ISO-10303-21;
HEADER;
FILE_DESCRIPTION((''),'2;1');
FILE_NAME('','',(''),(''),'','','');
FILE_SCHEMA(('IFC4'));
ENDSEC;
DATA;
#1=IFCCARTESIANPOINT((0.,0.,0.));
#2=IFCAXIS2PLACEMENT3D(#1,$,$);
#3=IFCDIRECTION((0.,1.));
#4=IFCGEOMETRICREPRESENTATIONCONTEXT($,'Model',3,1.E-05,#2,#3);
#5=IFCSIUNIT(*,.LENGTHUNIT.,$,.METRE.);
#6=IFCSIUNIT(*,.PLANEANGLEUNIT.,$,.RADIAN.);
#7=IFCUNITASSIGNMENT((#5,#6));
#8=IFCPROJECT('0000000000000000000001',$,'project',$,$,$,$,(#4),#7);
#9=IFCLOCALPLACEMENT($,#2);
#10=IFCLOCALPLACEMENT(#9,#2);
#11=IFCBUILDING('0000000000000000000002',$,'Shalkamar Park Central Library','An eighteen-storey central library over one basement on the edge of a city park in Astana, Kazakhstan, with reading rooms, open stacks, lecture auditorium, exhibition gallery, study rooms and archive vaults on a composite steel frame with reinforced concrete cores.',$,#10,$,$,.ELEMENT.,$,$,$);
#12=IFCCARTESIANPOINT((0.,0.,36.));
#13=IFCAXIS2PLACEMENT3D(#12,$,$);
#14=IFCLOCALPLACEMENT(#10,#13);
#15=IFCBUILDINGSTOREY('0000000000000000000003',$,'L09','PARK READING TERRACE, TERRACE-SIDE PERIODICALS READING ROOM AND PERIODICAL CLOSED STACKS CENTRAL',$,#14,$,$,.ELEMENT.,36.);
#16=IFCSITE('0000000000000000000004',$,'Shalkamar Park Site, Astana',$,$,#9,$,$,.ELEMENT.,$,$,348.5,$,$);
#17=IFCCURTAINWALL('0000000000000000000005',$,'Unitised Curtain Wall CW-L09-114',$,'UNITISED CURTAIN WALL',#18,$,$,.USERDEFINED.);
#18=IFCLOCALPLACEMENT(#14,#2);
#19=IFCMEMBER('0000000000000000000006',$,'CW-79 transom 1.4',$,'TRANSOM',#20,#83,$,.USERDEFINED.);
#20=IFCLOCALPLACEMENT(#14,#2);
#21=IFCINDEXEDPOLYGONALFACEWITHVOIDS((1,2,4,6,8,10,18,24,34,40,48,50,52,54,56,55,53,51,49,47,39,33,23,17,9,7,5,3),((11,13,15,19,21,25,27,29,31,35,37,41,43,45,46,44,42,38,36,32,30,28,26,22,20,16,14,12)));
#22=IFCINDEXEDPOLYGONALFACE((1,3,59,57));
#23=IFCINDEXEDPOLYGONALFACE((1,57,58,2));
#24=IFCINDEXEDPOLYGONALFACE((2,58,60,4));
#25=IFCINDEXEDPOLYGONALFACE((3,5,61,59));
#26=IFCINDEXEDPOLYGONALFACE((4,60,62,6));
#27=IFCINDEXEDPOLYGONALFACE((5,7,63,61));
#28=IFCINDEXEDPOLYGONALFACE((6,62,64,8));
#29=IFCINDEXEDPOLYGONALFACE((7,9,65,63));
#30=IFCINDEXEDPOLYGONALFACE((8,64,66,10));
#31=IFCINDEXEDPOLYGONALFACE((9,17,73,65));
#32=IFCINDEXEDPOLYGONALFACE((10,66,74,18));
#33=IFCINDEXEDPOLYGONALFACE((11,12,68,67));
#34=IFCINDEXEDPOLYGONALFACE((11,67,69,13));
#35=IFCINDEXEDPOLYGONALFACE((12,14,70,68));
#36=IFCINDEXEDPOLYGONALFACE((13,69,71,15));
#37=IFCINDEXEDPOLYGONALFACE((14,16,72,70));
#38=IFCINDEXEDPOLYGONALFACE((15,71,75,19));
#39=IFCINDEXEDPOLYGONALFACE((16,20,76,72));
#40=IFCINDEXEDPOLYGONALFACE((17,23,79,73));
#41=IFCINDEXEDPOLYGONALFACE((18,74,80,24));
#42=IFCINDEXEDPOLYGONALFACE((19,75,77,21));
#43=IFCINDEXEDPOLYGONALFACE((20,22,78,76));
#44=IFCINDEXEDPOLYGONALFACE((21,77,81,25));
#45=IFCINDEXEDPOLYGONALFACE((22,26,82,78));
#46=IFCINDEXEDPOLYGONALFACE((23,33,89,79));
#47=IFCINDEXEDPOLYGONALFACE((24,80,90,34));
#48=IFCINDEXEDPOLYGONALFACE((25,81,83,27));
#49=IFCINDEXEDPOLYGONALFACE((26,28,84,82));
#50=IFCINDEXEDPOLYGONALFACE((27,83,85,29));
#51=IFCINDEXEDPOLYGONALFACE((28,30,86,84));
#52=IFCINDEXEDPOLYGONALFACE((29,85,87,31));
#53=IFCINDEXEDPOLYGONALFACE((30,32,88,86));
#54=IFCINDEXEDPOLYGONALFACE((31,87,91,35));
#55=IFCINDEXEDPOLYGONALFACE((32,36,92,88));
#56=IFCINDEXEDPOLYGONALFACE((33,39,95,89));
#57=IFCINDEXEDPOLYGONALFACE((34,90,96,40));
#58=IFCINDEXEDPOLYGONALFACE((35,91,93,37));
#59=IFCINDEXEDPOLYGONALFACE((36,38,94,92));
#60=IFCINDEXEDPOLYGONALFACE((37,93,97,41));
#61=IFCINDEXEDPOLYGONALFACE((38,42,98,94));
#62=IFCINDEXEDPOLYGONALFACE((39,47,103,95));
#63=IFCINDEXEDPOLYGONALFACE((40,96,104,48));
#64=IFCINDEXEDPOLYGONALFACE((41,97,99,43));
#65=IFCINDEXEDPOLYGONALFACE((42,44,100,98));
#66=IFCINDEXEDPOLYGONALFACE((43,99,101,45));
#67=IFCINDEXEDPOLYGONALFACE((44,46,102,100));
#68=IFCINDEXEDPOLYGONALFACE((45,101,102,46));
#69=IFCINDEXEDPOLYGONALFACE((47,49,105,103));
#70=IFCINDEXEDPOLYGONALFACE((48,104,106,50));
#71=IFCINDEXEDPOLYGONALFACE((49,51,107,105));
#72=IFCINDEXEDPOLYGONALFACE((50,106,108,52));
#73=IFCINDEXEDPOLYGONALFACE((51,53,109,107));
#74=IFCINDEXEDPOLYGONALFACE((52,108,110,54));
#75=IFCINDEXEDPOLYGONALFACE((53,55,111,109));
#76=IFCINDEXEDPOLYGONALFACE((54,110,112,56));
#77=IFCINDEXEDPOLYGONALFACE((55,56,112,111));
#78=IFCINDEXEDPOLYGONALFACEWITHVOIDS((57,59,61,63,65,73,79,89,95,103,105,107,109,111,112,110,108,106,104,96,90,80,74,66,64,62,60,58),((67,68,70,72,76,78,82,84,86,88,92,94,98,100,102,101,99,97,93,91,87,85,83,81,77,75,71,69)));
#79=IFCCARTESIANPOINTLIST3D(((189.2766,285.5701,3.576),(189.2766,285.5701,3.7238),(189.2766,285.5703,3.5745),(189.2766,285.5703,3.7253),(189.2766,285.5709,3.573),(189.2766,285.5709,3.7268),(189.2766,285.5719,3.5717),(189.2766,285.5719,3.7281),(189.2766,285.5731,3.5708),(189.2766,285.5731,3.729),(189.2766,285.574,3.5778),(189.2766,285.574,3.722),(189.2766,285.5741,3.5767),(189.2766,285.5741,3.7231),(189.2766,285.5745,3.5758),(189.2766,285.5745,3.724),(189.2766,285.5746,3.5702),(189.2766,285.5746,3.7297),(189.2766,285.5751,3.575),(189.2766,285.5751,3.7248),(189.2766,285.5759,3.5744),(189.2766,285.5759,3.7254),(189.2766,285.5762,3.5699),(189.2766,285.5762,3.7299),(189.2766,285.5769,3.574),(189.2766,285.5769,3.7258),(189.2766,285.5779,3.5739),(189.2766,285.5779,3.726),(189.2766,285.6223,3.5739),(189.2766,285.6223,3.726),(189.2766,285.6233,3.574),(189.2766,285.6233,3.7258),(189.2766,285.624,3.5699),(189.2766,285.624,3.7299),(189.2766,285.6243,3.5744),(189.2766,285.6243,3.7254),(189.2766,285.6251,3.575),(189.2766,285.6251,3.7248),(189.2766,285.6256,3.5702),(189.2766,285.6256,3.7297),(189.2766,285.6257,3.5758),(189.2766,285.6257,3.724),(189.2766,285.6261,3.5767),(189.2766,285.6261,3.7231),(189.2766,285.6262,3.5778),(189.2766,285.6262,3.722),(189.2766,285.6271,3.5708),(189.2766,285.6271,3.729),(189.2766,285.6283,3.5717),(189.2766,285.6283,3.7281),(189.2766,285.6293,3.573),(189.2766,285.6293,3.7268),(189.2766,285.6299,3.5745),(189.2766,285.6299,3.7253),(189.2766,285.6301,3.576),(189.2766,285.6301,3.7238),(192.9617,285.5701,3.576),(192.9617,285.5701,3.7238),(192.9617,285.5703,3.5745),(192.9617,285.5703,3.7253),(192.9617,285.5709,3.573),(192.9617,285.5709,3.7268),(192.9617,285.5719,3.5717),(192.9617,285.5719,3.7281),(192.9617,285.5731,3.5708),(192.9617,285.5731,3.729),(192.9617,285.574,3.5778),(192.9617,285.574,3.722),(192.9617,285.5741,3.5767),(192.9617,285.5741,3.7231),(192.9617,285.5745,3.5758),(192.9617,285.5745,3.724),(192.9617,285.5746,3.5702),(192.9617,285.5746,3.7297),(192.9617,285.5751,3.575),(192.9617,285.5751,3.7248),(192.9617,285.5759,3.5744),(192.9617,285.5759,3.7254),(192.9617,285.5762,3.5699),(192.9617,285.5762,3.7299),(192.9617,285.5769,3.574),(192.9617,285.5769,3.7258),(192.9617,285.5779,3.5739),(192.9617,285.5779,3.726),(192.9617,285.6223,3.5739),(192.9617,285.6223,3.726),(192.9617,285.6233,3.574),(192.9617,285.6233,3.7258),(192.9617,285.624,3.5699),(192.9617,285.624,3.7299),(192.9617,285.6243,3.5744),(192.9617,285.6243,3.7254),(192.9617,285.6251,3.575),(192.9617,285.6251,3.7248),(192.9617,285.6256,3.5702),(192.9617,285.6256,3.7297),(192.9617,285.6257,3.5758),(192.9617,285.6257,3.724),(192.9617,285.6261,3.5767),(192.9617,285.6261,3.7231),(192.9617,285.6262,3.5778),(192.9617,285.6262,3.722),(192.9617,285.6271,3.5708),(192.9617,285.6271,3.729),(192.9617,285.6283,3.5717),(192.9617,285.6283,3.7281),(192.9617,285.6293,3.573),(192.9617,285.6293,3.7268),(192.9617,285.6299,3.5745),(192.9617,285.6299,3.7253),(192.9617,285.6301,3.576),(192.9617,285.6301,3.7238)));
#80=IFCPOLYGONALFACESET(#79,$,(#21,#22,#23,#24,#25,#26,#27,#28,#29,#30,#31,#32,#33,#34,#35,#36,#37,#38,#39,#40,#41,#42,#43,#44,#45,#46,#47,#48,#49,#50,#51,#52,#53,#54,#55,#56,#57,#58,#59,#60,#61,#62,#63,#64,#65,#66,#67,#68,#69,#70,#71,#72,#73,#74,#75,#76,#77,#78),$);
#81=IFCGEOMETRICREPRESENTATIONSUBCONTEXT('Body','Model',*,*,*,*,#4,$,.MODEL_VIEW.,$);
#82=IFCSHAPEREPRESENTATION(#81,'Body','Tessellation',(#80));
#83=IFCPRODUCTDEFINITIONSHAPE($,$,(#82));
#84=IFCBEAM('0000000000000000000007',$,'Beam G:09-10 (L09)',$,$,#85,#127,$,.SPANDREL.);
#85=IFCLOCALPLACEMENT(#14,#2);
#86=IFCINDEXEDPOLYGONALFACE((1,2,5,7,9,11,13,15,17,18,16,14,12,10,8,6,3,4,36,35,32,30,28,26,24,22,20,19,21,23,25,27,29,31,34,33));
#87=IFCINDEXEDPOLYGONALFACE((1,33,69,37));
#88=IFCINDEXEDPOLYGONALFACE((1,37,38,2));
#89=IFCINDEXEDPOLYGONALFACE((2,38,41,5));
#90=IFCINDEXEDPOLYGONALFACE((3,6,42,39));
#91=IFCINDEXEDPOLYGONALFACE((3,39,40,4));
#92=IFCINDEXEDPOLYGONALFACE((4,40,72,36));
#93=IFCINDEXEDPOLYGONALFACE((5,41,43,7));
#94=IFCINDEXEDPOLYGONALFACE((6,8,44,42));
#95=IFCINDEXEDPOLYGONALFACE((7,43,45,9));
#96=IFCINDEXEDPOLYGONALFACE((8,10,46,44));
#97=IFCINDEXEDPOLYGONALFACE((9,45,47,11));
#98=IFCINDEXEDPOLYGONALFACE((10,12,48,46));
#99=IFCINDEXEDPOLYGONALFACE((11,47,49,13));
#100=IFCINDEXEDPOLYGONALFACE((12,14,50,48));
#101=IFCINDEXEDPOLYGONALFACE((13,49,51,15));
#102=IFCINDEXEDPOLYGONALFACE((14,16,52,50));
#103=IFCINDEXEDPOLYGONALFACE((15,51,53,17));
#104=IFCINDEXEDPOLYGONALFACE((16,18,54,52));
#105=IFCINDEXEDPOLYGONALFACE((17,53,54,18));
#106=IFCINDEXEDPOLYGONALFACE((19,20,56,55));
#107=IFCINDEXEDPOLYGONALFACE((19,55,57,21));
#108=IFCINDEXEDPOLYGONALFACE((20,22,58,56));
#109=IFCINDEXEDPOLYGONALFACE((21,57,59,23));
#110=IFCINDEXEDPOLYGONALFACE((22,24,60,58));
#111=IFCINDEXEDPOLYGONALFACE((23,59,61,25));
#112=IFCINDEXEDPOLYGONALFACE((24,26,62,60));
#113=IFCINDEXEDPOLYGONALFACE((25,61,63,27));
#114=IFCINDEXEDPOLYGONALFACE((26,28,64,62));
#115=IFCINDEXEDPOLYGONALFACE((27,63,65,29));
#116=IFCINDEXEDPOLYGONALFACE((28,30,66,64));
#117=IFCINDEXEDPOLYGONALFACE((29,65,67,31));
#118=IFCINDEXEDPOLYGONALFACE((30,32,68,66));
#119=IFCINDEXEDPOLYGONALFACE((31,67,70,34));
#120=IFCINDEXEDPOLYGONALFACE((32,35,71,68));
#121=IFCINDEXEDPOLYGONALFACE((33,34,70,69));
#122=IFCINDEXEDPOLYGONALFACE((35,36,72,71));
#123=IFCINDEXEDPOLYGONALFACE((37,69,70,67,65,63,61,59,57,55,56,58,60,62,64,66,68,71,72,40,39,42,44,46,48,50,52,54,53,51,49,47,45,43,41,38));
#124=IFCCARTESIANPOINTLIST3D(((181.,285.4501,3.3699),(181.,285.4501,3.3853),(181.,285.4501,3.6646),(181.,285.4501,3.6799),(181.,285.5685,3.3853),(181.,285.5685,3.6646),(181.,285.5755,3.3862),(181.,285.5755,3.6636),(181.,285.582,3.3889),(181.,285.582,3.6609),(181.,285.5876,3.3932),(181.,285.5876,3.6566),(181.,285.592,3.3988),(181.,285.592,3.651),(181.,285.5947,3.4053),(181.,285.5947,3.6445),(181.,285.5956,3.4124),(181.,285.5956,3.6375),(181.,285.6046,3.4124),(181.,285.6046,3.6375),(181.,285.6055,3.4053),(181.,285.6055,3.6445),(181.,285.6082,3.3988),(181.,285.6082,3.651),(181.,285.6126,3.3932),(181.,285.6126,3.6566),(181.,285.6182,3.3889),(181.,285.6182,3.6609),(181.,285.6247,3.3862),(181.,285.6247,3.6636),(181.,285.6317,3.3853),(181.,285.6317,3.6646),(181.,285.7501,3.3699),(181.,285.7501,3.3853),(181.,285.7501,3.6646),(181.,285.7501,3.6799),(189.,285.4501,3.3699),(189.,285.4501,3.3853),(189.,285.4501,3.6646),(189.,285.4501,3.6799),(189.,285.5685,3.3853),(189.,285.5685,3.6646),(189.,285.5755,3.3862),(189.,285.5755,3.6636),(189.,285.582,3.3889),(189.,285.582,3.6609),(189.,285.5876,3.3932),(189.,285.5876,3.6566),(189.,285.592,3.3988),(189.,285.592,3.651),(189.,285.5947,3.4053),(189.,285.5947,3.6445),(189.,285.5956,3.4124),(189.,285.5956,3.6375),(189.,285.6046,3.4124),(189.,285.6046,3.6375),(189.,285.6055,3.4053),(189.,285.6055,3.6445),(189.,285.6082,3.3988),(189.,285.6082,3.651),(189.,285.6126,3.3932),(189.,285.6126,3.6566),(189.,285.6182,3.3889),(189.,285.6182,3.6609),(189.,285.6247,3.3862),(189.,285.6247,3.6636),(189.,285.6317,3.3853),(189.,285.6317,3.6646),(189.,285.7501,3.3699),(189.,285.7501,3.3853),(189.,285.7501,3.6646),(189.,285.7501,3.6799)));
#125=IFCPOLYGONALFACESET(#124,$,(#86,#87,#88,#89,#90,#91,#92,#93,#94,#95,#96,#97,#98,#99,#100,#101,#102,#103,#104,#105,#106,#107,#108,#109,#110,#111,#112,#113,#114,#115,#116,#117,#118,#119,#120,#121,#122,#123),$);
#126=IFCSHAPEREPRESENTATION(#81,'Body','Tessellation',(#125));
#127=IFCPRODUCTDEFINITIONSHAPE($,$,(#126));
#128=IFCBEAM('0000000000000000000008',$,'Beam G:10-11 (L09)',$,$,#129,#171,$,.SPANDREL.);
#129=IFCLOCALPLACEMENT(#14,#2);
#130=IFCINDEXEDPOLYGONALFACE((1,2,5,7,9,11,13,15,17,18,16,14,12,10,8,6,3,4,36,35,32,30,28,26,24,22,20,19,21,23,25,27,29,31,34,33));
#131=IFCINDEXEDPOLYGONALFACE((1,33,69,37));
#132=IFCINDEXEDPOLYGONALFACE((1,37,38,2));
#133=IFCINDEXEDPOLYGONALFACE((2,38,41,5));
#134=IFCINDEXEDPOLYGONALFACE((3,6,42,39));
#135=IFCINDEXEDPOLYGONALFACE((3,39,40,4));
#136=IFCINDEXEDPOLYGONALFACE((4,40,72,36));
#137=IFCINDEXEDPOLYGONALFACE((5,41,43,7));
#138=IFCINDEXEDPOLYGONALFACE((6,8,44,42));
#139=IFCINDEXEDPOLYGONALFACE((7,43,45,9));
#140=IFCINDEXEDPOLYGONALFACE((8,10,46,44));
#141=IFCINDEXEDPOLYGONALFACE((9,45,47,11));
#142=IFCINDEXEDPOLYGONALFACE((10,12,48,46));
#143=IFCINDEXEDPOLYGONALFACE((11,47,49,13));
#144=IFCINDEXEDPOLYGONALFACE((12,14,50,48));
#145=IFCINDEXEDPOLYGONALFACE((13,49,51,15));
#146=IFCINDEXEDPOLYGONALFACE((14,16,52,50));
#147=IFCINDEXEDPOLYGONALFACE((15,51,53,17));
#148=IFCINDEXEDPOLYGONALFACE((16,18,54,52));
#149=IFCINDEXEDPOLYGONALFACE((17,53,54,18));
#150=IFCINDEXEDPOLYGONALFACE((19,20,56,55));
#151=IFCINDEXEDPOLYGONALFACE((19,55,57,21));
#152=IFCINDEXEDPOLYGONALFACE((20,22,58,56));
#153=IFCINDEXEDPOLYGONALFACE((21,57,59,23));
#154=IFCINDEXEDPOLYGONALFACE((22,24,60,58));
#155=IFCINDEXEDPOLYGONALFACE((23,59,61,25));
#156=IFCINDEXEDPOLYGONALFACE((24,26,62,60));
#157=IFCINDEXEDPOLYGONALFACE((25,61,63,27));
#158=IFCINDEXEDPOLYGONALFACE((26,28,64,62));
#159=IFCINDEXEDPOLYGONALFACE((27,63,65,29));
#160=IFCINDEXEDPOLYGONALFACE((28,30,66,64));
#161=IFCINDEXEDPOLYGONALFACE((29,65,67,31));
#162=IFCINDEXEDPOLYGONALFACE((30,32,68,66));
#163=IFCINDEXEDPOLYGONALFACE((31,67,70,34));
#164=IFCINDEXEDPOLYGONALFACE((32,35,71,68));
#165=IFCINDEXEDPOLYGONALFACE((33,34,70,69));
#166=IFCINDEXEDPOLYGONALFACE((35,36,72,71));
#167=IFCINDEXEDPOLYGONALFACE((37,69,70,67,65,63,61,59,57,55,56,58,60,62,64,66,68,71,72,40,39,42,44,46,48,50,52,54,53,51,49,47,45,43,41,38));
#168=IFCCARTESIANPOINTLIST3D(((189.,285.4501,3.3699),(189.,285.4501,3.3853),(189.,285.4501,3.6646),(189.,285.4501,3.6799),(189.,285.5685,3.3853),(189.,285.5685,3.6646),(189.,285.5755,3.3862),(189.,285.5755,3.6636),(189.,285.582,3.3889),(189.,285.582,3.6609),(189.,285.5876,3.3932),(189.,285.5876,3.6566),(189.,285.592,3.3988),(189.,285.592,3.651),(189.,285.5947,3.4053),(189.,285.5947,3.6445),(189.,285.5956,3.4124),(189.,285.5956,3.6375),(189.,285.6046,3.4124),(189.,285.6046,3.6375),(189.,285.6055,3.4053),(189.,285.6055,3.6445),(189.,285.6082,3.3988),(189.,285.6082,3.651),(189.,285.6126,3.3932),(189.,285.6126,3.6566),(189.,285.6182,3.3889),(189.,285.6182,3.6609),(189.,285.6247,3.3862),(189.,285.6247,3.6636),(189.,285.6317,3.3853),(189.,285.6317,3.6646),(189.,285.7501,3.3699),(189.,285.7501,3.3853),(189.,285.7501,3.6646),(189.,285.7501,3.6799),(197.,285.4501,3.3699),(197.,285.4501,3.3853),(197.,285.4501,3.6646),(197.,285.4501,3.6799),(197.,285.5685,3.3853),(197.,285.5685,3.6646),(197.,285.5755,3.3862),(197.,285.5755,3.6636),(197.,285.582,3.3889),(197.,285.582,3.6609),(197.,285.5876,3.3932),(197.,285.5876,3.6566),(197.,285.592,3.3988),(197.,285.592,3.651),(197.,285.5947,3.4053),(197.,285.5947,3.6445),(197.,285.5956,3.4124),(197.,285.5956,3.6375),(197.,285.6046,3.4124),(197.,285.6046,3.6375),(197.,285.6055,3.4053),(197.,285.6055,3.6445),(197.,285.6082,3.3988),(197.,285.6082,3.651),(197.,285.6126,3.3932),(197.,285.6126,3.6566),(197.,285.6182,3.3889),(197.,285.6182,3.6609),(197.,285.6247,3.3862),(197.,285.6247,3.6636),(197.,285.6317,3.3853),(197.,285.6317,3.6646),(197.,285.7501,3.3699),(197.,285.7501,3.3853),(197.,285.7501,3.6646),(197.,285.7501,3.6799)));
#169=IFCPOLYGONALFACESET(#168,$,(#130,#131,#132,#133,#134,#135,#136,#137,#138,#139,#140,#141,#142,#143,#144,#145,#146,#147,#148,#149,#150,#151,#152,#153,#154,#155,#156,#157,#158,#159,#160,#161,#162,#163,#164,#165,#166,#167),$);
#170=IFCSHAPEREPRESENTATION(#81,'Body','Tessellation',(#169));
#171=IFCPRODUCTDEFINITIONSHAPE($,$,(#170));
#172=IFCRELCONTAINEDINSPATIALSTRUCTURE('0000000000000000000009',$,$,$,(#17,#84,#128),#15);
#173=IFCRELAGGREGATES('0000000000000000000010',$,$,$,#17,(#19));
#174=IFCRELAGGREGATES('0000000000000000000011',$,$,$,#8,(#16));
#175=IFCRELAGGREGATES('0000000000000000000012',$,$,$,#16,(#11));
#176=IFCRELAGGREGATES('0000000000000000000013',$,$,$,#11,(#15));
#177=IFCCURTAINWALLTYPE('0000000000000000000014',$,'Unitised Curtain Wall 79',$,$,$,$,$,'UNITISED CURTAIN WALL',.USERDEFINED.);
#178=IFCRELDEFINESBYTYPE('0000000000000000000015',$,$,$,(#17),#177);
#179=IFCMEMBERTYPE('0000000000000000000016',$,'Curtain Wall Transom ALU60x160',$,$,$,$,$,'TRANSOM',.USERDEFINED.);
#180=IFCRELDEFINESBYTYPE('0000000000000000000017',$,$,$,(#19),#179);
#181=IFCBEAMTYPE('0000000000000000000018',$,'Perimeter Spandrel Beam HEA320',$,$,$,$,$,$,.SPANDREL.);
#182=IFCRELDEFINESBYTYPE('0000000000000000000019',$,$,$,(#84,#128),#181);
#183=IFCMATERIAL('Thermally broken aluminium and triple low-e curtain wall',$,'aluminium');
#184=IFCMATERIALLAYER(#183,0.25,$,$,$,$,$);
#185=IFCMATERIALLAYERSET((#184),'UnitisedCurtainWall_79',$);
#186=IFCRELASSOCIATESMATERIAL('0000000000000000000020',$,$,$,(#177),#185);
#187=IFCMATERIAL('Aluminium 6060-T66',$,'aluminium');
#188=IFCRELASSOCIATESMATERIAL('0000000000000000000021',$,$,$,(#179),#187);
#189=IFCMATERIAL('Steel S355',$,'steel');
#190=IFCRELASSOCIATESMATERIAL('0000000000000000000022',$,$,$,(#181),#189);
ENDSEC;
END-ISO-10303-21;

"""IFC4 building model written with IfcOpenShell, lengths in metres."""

from ifc_helpers import new_model, si_unit, direction, frame, origin, origin_2d, place, context, subcontext, project, spatial, hollow_rectangle, i_section, extrude, material, layer, layer_set, material_profile, profile_set, type_object, element, aggregate, save


model = new_model("IFC4")

# Units and contexts
model_context = context("Model", 3, precision=1e-05, world=origin(), true_north=direction((0.0, 1.0)))
body_context = subcontext(model_context, "Body", "Model", "MODEL_VIEW")
ifc_project = project(units=[si_unit("LENGTHUNIT", "METRE"), si_unit("PLANEANGLEUNIT", "RADIAN")], contexts=[model_context])

# Site, building, storey
site_placement = place(None, origin())
site = spatial("IfcSite", under=ifc_project, at=site_placement, Name="Shalkamar Park Site, Astana", CompositionType="ELEMENT", RefElevation=348.5)
building_placement = place(site_placement, origin())
building = spatial("IfcBuilding", under=site, at=building_placement, Name="Shalkamar Park Central Library", Description="An eighteen-storey central library over one basement on the edge of a city park in Astana, Kazakhstan, with reading rooms, open stacks, lecture auditorium, exhibition gallery, study rooms and archive vaults on a composite steel frame with reinforced concrete cores.", CompositionType="ELEMENT")
storey_placement = place(building_placement, frame((0.0, 0.0, 36.0)))
storey = spatial("IfcBuildingStorey", under=building, at=storey_placement, Name="L09", Description="PARK READING TERRACE, TERRACE-SIDE PERIODICALS READING ROOM AND PERIODICAL CLOSED STACKS CENTRAL", CompositionType="ELEMENT", Elevation=36.0)

# Shared definitions
ifc_material_1 = material(Name="Steel S355", Category="steel")

# Curtain wall, member
ifc_material_2 = material(Name="Thermally broken aluminium and triple low-e curtain wall", Category="aluminium")
ifc_layer_1 = layer(ifc_material_2, 0.25)
ifc_layer_set_1 = layer_set([ifc_layer_1], Name="UnitisedCurtainWall_79")
curtain_wall_type = type_object("IfcCurtainWallType", Name="Unitised Curtain Wall 79", ElementType="UNITISED CURTAIN WALL", PredefinedType="USERDEFINED", material=ifc_layer_set_1)
curtain_wall_placement = place(storey_placement, origin())
curtain_wall = element("IfcCurtainWall", 1, at=curtain_wall_placement, inside=storey, type_object=curtain_wall_type, Name="Unitised Curtain Wall CW-L09-114", ObjectType="UNITISED CURTAIN WALL", PredefinedType="USERDEFINED")
ifc_material_3 = material(Name="Aluminium 6060-T66", Category="aluminium")
ifc_material_profile_1 = material_profile(ifc_material_3, hollow_rectangle(XDim=0.0601, YDim=0.1599, WallThickness=0.0039, InnerFilletRadius=0.0039, OuterFilletRadius=0.0061, at=origin_2d()), Name="ALU 60x160x4")
ifc_profile_set_1 = profile_set([ifc_material_profile_1], Name="Aluminium 6060-T66")
member_type_1 = type_object("IfcMemberType", Name="Curtain Wall Transom ALU60x160", ElementType="TRANSOM", PredefinedType="USERDEFINED", material=ifc_profile_set_1)
member_1_placement = place(storey_placement, frame((189.2766, 285.6001, 3.6499), z_axis=(1.0, 0.0, 0.0), x_axis=(0.0, 1.0, 0.0)))
member_1 = element("IfcMember", 2, at=member_1_placement, type_object=member_type_1, Name="CW-79 transom 1.4", ObjectType="TRANSOM", PredefinedType="USERDEFINED", context=body_context, shape_type="SweptSolid", body=[
    extrude(hollow_rectangle(XDim=0.0601, YDim=0.1599, WallThickness=0.0039, InnerFilletRadius=0.0039, OuterFilletRadius=0.0061, at=origin_2d()), origin(), (0.0, 0.0, 1.0), 3.6851),
])

# Beams
ifc_material_profile_2 = material_profile(ifc_material_1, i_section(OverallWidth=0.3, OverallDepth=0.3101, WebThickness=0.009, FlangeThickness=0.0154, FilletRadius=0.0271, at=origin_2d()), Name="HEA 320")
ifc_profile_set_2 = profile_set([ifc_material_profile_2], Name="Steel S355")
beam_type_1 = type_object("IfcBeamType", Name="Perimeter Spandrel Beam HEA320", PredefinedType="SPANDREL", material=ifc_profile_set_2)
for number, where, z_axis, x_axis, name in (
    (3, (181.0, 285.6001, 3.5249), (1.0, 0.0, 0.0), (0.0, 1.0, 0.0), "Beam G:09-10 (L09)"),
    (4, (189.0, 285.6001, 3.5249), (1.0, 0.0, 0.0), (0.0, 1.0, 0.0), "Beam G:10-11 (L09)"),
):
    element("IfcBeam", number, at=place(storey_placement, frame(where, z_axis=z_axis, x_axis=x_axis)), inside=storey, type_object=beam_type_1, Name=name, PredefinedType="SPANDREL", context=body_context, shape_type="SweptSolid", body=[
        extrude(i_section(OverallWidth=0.3, OverallDepth=0.3101, WebThickness=0.009, FlangeThickness=0.0154, FilletRadius=0.0271, at=origin_2d()), origin(), (0.0, 0.0, 1.0), 8.0),
    ])

aggregate(curtain_wall, [member_1])

save(model, "model.ifc")
